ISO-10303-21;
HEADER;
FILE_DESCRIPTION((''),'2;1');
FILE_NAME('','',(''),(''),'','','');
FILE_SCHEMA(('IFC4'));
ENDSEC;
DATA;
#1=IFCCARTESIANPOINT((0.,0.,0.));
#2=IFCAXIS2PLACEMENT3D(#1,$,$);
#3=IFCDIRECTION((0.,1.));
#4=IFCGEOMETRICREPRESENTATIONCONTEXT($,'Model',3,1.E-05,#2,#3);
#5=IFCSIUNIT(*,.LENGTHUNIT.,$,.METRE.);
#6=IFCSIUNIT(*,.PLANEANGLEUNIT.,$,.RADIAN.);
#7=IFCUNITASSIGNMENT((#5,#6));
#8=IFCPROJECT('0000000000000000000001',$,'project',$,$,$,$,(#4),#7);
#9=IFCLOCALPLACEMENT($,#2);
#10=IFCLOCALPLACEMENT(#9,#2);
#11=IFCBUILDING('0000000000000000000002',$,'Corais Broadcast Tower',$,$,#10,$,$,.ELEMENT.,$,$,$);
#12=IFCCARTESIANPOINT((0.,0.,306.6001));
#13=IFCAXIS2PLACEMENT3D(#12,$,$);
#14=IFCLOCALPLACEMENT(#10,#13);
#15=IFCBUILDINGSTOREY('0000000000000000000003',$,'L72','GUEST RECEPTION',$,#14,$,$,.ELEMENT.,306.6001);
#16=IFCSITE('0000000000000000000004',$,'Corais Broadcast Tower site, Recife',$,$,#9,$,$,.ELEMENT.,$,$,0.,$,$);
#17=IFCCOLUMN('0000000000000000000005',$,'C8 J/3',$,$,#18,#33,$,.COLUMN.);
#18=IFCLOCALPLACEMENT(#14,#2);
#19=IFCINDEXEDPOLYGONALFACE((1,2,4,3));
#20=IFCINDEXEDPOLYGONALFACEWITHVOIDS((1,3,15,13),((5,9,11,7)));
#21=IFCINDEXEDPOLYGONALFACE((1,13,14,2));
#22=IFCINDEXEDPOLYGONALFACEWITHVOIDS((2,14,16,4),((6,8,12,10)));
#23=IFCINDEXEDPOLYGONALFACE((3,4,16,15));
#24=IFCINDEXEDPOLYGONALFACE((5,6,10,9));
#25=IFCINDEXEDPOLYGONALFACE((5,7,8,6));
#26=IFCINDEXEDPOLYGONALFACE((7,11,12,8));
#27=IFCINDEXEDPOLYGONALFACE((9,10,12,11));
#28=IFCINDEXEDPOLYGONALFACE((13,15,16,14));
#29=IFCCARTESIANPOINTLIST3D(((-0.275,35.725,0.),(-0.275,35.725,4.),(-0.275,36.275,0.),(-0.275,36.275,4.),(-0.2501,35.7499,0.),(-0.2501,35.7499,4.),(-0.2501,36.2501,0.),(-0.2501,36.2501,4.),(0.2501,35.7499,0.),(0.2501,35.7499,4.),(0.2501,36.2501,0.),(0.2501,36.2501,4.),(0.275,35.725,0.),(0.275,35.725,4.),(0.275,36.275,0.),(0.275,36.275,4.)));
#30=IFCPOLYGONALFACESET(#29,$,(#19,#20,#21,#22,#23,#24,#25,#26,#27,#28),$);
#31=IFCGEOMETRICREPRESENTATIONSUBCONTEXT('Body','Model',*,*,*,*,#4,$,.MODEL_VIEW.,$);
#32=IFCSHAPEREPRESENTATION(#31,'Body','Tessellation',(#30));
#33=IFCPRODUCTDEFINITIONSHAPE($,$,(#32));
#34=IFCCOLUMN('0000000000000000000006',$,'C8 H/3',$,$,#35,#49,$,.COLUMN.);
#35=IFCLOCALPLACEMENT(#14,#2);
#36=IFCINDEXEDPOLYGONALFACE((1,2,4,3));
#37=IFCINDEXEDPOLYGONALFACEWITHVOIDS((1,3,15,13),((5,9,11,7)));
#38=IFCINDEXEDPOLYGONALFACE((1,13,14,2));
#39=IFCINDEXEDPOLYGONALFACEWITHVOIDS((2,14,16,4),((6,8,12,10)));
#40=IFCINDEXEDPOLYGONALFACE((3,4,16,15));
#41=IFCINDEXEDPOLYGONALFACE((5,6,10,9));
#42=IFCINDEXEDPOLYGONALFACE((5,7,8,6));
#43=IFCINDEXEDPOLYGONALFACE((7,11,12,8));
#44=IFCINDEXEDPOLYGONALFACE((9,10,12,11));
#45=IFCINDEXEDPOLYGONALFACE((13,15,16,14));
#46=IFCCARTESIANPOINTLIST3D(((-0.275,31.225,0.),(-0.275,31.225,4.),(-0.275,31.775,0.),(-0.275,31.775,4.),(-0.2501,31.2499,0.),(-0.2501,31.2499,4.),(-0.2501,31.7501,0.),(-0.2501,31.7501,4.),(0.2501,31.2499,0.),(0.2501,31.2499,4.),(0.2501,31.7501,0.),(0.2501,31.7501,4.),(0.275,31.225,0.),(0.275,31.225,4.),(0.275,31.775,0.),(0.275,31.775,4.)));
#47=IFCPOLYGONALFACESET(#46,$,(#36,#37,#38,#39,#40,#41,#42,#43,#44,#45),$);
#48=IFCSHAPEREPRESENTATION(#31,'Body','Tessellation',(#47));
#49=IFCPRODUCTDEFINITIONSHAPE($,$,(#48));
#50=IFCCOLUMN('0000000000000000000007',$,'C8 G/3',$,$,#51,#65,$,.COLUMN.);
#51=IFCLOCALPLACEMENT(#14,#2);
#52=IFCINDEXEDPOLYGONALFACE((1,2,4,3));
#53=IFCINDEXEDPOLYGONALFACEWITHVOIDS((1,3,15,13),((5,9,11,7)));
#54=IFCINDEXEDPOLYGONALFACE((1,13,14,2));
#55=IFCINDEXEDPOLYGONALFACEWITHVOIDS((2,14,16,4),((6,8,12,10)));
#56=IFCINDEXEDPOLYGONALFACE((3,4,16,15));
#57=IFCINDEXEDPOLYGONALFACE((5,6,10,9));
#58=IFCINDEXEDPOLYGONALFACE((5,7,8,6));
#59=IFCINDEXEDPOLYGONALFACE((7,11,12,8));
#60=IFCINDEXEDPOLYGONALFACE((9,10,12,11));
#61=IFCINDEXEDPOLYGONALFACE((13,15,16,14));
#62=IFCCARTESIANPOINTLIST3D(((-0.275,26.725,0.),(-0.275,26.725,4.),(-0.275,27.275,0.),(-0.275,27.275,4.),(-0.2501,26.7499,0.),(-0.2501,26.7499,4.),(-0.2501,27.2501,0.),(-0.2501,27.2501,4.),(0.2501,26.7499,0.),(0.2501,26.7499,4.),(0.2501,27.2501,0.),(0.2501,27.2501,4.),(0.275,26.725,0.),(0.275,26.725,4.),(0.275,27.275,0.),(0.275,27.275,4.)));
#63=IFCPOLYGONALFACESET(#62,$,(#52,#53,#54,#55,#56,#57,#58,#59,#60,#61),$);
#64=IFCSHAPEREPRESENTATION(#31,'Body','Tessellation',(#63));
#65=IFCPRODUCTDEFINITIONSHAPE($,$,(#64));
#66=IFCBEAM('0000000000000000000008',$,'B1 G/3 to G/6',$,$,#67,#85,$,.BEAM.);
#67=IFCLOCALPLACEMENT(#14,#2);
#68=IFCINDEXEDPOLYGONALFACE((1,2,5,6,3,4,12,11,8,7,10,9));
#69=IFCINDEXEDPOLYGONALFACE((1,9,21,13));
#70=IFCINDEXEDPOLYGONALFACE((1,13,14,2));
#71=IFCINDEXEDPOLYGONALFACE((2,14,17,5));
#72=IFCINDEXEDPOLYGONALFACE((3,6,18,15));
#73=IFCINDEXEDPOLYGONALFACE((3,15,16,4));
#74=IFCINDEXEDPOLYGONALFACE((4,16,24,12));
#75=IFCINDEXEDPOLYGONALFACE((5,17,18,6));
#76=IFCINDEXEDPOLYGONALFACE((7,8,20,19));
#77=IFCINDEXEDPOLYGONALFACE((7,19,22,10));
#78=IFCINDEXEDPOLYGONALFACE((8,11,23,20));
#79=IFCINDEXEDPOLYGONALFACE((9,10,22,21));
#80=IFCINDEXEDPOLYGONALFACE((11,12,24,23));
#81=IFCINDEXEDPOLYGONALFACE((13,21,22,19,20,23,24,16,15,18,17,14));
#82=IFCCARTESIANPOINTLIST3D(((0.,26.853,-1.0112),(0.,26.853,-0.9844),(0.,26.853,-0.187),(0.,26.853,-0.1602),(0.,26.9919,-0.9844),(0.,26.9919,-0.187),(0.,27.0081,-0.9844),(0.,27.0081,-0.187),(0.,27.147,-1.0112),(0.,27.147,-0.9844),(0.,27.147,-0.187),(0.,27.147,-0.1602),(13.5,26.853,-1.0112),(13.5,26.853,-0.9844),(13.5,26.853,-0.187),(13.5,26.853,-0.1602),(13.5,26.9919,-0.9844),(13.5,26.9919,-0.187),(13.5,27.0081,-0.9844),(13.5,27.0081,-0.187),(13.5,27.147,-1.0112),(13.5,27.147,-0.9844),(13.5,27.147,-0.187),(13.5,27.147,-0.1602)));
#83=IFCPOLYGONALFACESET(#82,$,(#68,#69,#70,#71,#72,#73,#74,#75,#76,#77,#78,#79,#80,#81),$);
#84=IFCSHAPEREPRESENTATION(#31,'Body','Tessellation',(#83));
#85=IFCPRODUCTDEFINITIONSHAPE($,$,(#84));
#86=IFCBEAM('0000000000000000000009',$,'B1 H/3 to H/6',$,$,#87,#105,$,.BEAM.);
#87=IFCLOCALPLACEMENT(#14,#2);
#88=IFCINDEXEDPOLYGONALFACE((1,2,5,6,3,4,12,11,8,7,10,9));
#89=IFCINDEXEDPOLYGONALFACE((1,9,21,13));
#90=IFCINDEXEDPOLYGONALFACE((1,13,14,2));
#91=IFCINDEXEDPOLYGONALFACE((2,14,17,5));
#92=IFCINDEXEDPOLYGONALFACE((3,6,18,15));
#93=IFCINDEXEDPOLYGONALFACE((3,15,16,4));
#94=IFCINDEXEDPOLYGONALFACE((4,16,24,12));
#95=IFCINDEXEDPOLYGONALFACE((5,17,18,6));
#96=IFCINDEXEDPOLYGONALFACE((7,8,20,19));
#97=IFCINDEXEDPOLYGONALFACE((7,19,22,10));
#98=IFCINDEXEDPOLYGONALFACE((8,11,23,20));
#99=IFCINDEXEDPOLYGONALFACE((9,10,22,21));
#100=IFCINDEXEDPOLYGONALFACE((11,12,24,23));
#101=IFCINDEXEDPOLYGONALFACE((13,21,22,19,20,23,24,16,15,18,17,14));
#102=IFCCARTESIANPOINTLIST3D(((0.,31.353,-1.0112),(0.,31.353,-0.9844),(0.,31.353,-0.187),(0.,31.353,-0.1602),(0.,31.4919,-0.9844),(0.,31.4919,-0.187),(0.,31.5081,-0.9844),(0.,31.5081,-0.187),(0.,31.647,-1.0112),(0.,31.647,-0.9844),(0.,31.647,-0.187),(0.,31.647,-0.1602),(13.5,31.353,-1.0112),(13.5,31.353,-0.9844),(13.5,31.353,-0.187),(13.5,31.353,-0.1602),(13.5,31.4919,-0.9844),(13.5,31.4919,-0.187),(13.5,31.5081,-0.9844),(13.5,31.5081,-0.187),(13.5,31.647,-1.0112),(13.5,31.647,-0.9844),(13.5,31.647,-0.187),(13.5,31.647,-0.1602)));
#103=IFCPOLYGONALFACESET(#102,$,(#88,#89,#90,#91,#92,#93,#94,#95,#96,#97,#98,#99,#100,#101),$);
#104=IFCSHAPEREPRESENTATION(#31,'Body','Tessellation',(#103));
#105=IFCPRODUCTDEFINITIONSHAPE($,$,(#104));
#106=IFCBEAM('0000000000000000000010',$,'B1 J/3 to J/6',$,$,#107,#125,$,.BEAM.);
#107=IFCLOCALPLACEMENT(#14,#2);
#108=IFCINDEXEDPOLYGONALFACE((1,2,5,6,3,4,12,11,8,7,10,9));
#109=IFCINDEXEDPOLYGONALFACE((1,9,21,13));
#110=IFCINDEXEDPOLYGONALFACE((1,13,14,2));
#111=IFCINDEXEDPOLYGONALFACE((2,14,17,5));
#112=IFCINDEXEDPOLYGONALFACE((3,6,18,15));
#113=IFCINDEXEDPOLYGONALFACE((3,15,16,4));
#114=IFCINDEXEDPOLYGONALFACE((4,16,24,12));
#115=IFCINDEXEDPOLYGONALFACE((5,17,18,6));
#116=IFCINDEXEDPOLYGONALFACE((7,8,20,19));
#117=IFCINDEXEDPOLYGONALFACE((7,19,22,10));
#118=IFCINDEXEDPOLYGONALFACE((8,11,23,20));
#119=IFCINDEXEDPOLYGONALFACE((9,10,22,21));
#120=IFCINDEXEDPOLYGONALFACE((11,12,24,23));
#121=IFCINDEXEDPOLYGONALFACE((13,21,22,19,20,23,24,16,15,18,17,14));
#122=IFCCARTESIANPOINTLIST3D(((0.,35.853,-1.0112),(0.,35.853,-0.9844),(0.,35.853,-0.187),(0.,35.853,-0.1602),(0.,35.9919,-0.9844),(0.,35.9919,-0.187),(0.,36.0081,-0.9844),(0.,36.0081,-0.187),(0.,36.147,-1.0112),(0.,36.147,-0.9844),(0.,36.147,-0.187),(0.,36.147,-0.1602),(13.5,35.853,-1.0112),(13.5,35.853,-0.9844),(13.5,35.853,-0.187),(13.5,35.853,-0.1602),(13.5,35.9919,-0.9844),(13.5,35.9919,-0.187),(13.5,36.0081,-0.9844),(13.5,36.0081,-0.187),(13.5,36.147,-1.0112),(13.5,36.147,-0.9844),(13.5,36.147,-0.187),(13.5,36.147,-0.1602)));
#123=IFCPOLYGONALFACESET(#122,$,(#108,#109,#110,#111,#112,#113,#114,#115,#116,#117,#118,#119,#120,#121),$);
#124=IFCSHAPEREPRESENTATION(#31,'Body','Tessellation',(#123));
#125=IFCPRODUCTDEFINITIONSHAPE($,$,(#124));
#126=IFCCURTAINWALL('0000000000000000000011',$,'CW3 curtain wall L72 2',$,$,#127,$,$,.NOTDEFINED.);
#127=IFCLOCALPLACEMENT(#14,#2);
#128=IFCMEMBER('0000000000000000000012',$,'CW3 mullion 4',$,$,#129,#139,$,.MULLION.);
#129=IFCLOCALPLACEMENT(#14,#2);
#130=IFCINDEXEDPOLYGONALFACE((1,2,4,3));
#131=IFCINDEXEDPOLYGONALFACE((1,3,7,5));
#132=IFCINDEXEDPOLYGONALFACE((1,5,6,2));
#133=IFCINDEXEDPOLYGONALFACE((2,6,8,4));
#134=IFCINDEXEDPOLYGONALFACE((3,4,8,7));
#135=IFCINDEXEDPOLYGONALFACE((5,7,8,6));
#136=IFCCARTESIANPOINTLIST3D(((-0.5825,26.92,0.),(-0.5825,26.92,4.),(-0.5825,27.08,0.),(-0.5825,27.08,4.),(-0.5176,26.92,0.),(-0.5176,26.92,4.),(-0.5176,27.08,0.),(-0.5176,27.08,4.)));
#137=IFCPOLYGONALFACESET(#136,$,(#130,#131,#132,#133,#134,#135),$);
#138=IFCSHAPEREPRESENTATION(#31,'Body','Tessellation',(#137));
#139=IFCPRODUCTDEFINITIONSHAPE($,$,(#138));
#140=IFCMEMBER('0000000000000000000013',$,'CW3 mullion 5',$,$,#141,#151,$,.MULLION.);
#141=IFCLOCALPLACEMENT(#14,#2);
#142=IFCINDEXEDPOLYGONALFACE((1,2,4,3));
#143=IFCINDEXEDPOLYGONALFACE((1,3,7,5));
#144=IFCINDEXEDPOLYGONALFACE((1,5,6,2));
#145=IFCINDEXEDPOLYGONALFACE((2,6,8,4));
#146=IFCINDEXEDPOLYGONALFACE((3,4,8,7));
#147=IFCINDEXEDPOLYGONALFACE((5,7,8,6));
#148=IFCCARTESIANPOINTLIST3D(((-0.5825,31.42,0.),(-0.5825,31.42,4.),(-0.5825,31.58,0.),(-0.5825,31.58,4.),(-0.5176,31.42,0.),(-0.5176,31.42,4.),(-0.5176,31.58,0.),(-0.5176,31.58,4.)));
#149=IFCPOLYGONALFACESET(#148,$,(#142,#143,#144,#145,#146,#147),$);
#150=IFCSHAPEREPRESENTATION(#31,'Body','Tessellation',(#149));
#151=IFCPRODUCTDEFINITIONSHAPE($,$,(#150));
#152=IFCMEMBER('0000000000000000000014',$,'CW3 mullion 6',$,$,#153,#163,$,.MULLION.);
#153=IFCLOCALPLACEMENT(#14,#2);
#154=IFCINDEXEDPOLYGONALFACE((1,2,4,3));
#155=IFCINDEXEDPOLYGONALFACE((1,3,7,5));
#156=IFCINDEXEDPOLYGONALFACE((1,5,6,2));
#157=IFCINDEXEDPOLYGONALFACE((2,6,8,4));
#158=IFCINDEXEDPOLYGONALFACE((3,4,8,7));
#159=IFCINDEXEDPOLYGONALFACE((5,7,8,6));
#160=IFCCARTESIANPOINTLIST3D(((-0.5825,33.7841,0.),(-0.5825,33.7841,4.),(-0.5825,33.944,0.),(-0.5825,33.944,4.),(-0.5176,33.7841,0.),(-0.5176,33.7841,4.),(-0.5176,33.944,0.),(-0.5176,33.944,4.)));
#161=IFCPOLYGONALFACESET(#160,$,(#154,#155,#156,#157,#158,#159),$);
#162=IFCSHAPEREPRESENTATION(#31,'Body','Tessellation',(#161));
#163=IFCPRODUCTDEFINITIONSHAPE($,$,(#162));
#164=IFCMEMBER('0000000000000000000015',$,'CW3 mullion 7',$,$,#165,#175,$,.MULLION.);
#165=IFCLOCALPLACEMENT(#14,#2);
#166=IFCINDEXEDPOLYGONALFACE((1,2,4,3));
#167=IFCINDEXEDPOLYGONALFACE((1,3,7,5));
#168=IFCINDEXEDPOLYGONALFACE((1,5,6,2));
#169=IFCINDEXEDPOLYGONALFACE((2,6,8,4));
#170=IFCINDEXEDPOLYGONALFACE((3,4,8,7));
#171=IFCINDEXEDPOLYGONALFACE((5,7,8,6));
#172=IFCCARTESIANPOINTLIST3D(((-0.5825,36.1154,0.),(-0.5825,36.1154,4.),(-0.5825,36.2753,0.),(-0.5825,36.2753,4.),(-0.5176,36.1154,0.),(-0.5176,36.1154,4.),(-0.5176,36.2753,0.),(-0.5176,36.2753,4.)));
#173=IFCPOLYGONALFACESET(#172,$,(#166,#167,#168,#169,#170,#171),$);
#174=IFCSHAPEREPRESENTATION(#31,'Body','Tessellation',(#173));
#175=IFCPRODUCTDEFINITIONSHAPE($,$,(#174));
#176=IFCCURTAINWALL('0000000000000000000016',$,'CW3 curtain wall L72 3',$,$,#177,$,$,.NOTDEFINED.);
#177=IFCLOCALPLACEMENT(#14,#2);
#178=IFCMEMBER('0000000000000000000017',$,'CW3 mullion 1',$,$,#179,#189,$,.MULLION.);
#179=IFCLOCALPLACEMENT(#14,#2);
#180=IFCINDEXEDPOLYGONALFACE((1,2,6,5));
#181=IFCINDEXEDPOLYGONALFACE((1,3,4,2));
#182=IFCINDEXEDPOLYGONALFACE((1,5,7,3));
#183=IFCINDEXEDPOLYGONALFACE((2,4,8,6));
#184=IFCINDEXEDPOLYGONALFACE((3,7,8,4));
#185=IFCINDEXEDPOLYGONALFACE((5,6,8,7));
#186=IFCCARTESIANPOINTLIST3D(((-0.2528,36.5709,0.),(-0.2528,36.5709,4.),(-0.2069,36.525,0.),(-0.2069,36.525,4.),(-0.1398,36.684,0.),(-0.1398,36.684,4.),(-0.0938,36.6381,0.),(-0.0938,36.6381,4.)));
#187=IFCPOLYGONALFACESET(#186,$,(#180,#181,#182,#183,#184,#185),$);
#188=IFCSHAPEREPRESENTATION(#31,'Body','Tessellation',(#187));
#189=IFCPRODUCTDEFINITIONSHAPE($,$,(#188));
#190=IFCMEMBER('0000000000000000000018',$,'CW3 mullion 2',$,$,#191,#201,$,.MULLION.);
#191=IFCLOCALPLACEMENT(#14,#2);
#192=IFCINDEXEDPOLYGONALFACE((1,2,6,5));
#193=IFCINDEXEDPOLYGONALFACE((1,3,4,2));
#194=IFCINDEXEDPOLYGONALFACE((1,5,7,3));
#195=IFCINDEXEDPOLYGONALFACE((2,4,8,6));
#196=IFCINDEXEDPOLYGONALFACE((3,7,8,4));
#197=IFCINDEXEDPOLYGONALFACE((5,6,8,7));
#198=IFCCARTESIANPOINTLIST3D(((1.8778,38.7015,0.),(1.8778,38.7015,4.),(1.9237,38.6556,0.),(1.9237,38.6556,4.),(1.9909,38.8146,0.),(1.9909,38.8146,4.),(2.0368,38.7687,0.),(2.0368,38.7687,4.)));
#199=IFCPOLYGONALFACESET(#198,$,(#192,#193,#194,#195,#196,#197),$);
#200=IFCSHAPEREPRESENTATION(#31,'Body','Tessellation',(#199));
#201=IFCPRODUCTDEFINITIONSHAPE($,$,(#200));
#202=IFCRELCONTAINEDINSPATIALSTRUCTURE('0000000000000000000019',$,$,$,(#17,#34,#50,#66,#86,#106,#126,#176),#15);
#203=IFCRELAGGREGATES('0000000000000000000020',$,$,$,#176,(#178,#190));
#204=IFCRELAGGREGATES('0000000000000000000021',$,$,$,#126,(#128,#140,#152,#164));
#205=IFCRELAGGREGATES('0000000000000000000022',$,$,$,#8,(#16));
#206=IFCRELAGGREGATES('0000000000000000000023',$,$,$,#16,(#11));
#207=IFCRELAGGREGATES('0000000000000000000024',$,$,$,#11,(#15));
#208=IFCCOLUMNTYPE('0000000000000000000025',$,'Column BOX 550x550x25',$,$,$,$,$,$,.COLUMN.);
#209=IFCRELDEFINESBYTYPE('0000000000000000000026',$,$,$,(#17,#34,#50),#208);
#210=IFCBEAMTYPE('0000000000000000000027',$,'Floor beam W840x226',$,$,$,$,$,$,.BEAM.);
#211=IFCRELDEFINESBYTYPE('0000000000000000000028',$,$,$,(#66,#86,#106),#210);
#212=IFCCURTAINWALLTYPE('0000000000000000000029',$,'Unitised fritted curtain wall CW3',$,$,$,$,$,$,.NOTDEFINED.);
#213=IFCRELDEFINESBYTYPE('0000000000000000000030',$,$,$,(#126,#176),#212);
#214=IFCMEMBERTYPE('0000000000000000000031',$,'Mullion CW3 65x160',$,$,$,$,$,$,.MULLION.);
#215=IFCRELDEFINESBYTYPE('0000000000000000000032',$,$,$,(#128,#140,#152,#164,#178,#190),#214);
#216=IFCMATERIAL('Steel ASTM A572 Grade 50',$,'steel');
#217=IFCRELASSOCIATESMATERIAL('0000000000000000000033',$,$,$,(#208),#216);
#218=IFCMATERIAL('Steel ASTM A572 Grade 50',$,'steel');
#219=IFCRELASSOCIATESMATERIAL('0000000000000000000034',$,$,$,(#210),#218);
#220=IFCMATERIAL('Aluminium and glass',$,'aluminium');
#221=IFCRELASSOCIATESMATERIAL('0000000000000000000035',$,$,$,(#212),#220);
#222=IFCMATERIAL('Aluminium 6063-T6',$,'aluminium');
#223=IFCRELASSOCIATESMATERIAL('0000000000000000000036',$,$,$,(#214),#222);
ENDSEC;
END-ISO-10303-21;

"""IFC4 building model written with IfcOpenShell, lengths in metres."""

from ifc_helpers import new_model, si_unit, direction, frame, origin, origin_2d, place, context, subcontext, project, spatial, rectangle, hollow_rectangle, i_section, extrude, material, material_profile, profile_set, type_object, element, aggregate, save


model = new_model("IFC4")

# Units and contexts
model_context = context("Model", 3, precision=1e-05, world=origin(), true_north=direction((0.0, 1.0)))
body_context = subcontext(model_context, "Body", "Model", "MODEL_VIEW")
ifc_project = project(units=[si_unit("LENGTHUNIT", "METRE"), si_unit("PLANEANGLEUNIT", "RADIAN")], contexts=[model_context])

# Site, building, storey
site_placement = place(None, origin())
site = spatial("IfcSite", under=ifc_project, at=site_placement, Name="Corais Broadcast Tower site, Recife", CompositionType="ELEMENT", RefElevation=0.0)
building_placement = place(site_placement, origin())
building = spatial("IfcBuilding", under=site, at=building_placement, Name="Corais Broadcast Tower", CompositionType="ELEMENT")
storey_placement = place(building_placement, frame((0.0, 0.0, 306.6001)))
storey = spatial("IfcBuildingStorey", under=building, at=storey_placement, Name="L72", Description="GUEST RECEPTION", CompositionType="ELEMENT", Elevation=306.6001)

# Columns
ifc_material_1 = material(Name="Steel ASTM A572 Grade 50", Category="steel")
ifc_material_profile_1 = material_profile(ifc_material_1, hollow_rectangle(XDim=0.55, YDim=0.55, WallThickness=0.0249, at=origin_2d()), Name="BOX 550x550x25")
ifc_profile_set_1 = profile_set([ifc_material_profile_1], Name="Steel ASTM A572 Grade 50")
column_type = type_object("IfcColumnType", Name="Column BOX 550x550x25", PredefinedType="COLUMN", material=ifc_profile_set_1)
for number, where, z_axis, x_axis, name in (
    (1, (0.0, 36.0, 0.0), (0.0, 0.0, 1.0), (1.0, 0.0, 0.0), "C8 J/3"),
    (2, (0.0, 31.5, 0.0), (0.0, 0.0, 1.0), (1.0, 0.0, 0.0), "C8 H/3"),
    (3, (0.0, 27.0, 0.0), (0.0, 0.0, 1.0), (1.0, 0.0, 0.0), "C8 G/3"),
):
    element("IfcColumn", number, at=place(storey_placement, frame(where, z_axis=z_axis, x_axis=x_axis)), inside=storey, type_object=column_type, Name=name, PredefinedType="COLUMN", context=body_context, shape_type="SweptSolid", body=[
        extrude(hollow_rectangle(XDim=0.55, YDim=0.55, WallThickness=0.0249, at=origin_2d()), origin(), (0.0, 0.0, 1.0), 4.0),
    ])

# Beams
ifc_material_2 = material(Name="Steel ASTM A572 Grade 50", Category="steel")
ifc_material_profile_2 = material_profile(ifc_material_2, i_section(OverallWidth=0.2939, OverallDepth=0.8511, WebThickness=0.0161, FlangeThickness=0.0269, at=origin_2d()), Name="W840x226")
ifc_profile_set_2 = profile_set([ifc_material_profile_2], Name="Steel ASTM A572 Grade 50")
beam_type_1 = type_object("IfcBeamType", Name="Floor beam W840x226", PredefinedType="BEAM", material=ifc_profile_set_2)
for number, where, z_axis, x_axis, name in (
    (4, (0.0, 27.0, -0.5857), (1.0, 0.0, 0.0), (0.0, 1.0, 0.0), "B1 G/3 to G/6"),
    (5, (0.0, 31.5, -0.5857), (1.0, 0.0, 0.0), (0.0, 1.0, 0.0), "B1 H/3 to H/6"),
    (6, (0.0, 36.0, -0.5857), (1.0, 0.0, 0.0), (0.0, 1.0, 0.0), "B1 J/3 to J/6"),
):
    element("IfcBeam", number, at=place(storey_placement, frame(where, z_axis=z_axis, x_axis=x_axis)), inside=storey, type_object=beam_type_1, Name=name, PredefinedType="BEAM", context=body_context, shape_type="SweptSolid", body=[
        extrude(i_section(OverallWidth=0.2939, OverallDepth=0.8511, WebThickness=0.0161, FlangeThickness=0.0269, at=origin_2d()), origin(), (0.0, 0.0, 1.0), 13.5),
    ])

# Curtain walls, members
ifc_material_3 = material(Name="Aluminium and glass", Category="aluminium")
curtain_wall_type = type_object("IfcCurtainWallType", Name="Unitised fritted curtain wall CW3", PredefinedType="NOTDEFINED", material=ifc_material_3)
curtain_wall_1_placement = place(storey_placement, origin())
curtain_wall_1 = element("IfcCurtainWall", 7, at=curtain_wall_1_placement, inside=storey, type_object=curtain_wall_type, Name="CW3 curtain wall L72 2", PredefinedType="NOTDEFINED")
ifc_material_4 = material(Name="Aluminium 6063-T6", Category="aluminium")
ifc_material_profile_3 = material_profile(ifc_material_4, rectangle(XDim=0.0649, YDim=0.1599, at=origin_2d()), Name="Mullion CW3 65x160")
ifc_profile_set_3 = profile_set([ifc_material_profile_3], Name="Aluminium 6063-T6")
member_type_1 = type_object("IfcMemberType", Name="Mullion CW3 65x160", PredefinedType="MULLION", material=ifc_profile_set_3)
member_1_placement = place(storey_placement, frame((-0.55, 27.0, 0.0), z_axis=(0.0, 0.0, 1.0), x_axis=(-1.0, 0.0, 0.0)))
member_1 = element("IfcMember", 8, at=member_1_placement, type_object=member_type_1, Name="CW3 mullion 4", PredefinedType="MULLION", context=body_context, shape_type="SweptSolid", body=[
    extrude(rectangle(XDim=0.0649, YDim=0.1599, at=origin_2d()), origin(), (0.0, 0.0, 1.0), 4.0),
])
member_2_placement = place(storey_placement, frame((-0.55, 31.5, 0.0), z_axis=(0.0, 0.0, 1.0), x_axis=(-1.0, 0.0, 0.0)))
member_2 = element("IfcMember", 9, at=member_2_placement, type_object=member_type_1, Name="CW3 mullion 5", PredefinedType="MULLION", context=body_context, shape_type="SweptSolid", body=[
    extrude(rectangle(XDim=0.0649, YDim=0.1599, at=origin_2d()), origin(), (0.0, 0.0, 1.0), 4.0),
])
member_3_placement = place(storey_placement, frame((-0.55, 33.864, 0.0), z_axis=(0.0, 0.0, 1.0), x_axis=(-1.0, 0.0, 0.0)))
member_3 = element("IfcMember", 10, at=member_3_placement, type_object=member_type_1, Name="CW3 mullion 6", PredefinedType="MULLION", context=body_context, shape_type="SweptSolid", body=[
    extrude(rectangle(XDim=0.0649, YDim=0.1599, at=origin_2d()), origin(), (0.0, 0.0, 1.0), 4.0),
])
member_4_placement = place(storey_placement, frame((-0.55, 36.1953, 0.0), z_axis=(0.0, 0.0, 1.0), x_axis=(-1.0, 0.0, 0.0)))
member_4 = element("IfcMember", 11, at=member_4_placement, type_object=member_type_1, Name="CW3 mullion 7", PredefinedType="MULLION", context=body_context, shape_type="SweptSolid", body=[
    extrude(rectangle(XDim=0.0649, YDim=0.1599, at=origin_2d()), origin(), (0.0, 0.0, 1.0), 4.0),
])
curtain_wall_2_placement = place(storey_placement, origin())
curtain_wall_2 = element("IfcCurtainWall", 12, at=curtain_wall_2_placement, inside=storey, type_object=curtain_wall_type, Name="CW3 curtain wall L72 3", PredefinedType="NOTDEFINED")
member_5_placement = place(storey_placement, frame((-0.1733, 36.6045, 0.0), z_axis=(0.0, 0.0, 1.0), x_axis=(-0.707107, 0.707107, 0.0)))
member_5 = element("IfcMember", 13, at=member_5_placement, type_object=member_type_1, Name="CW3 mullion 1", PredefinedType="MULLION", context=body_context, shape_type="SweptSolid", body=[
    extrude(rectangle(XDim=0.0649, YDim=0.1599, at=origin_2d()), origin(), (0.0, 0.0, 1.0), 4.0),
])
member_6_placement = place(storey_placement, frame((1.9573, 38.7351, 0.0), z_axis=(0.0, 0.0, 1.0), x_axis=(-0.707107, 0.707107, 0.0)))
member_6 = element("IfcMember", 14, at=member_6_placement, type_object=member_type_1, Name="CW3 mullion 2", PredefinedType="MULLION", context=body_context, shape_type="SweptSolid", body=[
    extrude(rectangle(XDim=0.0649, YDim=0.1599, at=origin_2d()), origin(), (0.0, 0.0, 1.0), 4.0),
])

aggregate(curtain_wall_2, [member_5, member_6])
aggregate(curtain_wall_1, [member_1, member_2, member_3, member_4])

save(model, "model.ifc")
